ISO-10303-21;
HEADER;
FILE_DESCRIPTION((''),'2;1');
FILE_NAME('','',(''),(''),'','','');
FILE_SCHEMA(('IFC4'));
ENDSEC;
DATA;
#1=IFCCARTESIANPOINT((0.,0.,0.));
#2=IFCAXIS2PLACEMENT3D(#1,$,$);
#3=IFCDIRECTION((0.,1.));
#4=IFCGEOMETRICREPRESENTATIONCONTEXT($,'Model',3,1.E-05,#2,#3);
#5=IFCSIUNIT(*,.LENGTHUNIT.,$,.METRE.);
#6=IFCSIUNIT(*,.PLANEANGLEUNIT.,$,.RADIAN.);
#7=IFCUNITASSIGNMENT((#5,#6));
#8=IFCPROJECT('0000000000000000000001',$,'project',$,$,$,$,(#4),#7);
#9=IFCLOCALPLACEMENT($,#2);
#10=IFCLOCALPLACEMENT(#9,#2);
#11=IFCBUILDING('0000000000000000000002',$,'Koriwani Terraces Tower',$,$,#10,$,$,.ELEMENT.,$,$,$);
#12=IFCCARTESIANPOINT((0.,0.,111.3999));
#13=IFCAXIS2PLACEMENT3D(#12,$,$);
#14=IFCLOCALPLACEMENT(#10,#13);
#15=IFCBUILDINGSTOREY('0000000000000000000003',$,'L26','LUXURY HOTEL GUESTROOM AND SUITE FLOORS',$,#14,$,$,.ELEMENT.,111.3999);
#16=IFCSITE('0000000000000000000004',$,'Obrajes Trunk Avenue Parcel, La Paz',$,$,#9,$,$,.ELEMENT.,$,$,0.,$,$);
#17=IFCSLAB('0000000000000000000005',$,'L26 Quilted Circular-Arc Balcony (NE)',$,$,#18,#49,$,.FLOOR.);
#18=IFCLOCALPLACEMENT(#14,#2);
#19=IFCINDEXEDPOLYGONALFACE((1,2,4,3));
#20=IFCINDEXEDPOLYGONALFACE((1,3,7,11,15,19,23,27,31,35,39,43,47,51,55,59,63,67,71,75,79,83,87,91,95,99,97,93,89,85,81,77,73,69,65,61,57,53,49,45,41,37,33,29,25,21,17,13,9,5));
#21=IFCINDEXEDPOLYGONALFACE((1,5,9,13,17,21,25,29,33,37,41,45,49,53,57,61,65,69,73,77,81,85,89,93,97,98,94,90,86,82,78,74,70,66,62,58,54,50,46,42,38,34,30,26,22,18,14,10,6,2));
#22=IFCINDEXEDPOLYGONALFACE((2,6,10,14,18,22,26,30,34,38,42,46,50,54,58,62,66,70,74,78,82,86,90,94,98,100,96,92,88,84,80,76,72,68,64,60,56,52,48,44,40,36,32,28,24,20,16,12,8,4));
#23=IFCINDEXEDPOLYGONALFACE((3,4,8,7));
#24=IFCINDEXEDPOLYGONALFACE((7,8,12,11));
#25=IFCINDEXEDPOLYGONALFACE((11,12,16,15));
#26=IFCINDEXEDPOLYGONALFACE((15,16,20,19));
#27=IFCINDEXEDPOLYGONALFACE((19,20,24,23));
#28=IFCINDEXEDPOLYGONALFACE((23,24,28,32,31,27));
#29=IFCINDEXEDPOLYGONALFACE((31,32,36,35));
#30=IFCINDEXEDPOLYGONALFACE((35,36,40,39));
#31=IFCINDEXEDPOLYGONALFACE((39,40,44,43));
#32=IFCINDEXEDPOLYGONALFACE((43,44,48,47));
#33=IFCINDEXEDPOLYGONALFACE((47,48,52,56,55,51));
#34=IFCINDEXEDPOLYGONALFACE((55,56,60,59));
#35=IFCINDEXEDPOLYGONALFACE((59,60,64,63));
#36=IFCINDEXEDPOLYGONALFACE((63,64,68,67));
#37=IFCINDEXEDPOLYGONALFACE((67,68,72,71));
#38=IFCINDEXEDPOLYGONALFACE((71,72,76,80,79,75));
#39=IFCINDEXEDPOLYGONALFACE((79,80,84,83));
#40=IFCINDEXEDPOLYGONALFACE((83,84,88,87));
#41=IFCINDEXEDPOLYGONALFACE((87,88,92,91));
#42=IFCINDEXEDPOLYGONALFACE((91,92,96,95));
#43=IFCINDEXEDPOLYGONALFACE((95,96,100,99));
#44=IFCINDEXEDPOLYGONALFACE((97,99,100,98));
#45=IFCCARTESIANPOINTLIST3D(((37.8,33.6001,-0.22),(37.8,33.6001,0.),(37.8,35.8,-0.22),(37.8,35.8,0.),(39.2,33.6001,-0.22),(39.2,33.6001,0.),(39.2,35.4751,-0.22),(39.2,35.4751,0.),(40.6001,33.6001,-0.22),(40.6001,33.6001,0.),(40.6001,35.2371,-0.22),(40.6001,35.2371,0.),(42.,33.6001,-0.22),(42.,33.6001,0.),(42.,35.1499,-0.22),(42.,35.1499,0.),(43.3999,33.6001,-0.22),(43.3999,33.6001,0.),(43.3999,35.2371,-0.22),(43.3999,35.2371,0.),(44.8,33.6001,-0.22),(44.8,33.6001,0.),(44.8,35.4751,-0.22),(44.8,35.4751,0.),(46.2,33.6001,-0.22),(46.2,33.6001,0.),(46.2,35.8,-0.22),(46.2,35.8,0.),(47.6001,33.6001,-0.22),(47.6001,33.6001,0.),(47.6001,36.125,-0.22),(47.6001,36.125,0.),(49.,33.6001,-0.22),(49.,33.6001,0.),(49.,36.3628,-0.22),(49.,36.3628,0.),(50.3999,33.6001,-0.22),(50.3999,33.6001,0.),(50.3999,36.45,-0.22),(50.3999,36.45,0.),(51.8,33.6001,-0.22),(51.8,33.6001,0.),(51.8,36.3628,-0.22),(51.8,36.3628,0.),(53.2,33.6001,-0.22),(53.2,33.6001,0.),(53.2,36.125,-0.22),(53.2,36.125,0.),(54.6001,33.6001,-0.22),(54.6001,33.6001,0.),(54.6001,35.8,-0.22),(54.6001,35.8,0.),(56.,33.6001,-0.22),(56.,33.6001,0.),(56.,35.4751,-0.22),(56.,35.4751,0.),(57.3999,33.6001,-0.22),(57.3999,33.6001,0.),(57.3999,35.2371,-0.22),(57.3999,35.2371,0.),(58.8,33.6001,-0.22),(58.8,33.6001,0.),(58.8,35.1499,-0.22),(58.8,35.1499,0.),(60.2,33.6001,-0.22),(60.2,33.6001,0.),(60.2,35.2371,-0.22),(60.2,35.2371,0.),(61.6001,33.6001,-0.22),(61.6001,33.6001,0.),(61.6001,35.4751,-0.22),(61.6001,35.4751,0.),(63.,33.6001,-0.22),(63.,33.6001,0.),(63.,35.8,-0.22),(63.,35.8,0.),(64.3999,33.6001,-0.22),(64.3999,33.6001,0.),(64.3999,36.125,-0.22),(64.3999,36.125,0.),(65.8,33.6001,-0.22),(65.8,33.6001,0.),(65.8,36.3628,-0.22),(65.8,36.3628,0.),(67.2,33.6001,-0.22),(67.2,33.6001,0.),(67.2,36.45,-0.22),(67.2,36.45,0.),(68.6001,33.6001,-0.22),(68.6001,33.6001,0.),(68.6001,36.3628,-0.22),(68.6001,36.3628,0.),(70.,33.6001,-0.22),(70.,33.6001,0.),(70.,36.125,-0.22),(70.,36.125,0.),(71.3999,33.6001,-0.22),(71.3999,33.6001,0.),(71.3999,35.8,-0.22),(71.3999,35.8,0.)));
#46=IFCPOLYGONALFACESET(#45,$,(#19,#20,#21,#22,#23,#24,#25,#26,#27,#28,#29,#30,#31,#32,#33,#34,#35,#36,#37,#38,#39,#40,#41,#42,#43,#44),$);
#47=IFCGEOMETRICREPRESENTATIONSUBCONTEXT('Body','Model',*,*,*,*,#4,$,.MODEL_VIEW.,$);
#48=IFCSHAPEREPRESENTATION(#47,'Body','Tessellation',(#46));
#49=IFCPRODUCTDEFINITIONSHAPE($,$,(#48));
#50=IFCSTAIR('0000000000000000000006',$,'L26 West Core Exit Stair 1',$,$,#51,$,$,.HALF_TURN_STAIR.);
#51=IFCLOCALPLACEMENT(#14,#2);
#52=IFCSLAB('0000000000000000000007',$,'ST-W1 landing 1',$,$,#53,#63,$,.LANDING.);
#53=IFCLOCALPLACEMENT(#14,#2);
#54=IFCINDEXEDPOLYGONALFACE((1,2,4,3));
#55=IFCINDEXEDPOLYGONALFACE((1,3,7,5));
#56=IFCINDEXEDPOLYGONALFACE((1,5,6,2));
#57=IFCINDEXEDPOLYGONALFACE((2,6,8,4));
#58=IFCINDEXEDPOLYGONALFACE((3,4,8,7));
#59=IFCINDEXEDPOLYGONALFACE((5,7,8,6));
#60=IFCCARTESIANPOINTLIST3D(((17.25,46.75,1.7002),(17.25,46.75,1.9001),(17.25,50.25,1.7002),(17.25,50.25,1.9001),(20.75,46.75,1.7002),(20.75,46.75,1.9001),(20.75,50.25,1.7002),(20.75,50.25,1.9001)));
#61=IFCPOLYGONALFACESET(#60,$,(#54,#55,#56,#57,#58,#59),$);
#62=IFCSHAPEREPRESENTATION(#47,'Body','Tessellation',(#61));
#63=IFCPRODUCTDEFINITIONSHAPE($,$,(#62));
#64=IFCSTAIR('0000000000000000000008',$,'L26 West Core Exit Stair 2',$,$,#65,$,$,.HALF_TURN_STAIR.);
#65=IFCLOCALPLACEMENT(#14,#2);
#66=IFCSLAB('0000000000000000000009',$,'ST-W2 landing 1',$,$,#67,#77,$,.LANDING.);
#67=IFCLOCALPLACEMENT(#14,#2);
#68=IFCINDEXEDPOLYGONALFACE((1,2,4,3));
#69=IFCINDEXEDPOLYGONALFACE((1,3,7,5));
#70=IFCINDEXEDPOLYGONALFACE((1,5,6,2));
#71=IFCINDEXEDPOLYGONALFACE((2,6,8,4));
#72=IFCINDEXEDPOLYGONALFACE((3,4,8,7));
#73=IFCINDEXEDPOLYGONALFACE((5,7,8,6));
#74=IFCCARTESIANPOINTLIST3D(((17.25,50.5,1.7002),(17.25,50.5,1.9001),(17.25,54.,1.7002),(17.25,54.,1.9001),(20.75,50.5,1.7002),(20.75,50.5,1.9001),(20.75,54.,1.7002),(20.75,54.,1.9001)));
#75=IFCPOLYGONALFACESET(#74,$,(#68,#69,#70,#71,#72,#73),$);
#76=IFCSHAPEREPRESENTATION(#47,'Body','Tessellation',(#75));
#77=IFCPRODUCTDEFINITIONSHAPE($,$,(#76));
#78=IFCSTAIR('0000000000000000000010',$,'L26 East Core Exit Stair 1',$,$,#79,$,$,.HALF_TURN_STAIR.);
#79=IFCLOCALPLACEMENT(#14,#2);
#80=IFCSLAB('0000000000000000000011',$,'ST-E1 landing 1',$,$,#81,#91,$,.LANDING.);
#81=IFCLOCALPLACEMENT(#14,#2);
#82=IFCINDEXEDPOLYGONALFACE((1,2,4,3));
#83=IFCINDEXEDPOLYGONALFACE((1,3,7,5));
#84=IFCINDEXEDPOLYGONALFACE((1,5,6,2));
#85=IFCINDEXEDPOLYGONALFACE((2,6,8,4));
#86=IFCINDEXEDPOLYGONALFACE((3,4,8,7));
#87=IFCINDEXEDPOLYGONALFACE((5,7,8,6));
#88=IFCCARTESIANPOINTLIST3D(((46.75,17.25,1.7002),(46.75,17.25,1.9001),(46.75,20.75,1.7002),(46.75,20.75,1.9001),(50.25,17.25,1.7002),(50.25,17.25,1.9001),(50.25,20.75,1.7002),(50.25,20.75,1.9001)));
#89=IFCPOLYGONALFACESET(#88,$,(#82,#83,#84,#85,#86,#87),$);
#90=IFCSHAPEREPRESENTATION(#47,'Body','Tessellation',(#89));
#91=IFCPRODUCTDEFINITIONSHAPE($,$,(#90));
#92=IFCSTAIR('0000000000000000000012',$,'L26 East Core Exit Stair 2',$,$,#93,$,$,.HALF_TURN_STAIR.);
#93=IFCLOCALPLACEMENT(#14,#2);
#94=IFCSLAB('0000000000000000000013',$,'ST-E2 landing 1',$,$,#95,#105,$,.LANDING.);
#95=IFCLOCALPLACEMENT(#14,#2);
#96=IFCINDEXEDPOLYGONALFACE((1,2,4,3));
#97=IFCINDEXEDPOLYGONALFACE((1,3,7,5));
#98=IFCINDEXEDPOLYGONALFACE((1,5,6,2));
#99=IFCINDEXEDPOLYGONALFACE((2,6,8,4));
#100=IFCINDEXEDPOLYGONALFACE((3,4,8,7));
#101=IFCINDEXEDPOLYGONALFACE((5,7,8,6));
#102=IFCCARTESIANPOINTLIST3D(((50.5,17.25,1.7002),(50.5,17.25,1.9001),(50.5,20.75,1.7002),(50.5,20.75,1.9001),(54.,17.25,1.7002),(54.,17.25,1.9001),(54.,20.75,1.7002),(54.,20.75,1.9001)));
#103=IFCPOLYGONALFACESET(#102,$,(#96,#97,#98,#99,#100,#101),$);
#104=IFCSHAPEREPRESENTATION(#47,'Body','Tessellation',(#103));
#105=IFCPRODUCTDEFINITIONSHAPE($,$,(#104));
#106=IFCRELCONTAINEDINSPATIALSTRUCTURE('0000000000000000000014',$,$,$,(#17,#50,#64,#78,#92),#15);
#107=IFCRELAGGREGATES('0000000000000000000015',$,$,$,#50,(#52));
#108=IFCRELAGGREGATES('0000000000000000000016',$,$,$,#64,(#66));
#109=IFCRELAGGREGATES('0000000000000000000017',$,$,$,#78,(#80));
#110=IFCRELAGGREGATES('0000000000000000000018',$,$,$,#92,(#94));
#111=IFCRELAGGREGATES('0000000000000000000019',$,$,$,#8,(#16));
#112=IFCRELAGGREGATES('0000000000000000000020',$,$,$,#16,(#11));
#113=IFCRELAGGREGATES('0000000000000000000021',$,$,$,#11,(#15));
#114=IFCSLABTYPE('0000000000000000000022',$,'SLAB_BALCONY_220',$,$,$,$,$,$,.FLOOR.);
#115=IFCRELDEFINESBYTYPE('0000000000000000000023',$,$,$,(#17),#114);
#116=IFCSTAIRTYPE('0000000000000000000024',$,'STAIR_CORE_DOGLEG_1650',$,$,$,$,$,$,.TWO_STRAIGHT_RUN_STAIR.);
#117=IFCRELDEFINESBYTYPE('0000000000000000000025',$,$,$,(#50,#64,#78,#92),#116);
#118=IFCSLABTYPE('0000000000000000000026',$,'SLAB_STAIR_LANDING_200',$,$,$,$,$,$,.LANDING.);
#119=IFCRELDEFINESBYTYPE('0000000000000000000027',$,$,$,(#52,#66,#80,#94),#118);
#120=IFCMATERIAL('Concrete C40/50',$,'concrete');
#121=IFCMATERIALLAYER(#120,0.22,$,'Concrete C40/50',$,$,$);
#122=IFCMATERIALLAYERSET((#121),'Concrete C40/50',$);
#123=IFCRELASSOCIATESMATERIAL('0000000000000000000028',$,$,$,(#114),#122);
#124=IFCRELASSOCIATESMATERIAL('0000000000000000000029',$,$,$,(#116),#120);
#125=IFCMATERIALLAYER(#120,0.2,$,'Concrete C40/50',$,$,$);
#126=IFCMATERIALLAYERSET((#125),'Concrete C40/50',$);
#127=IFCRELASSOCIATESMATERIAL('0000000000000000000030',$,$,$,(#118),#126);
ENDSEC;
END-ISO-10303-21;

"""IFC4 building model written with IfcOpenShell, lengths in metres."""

from ifc_helpers import new_model, si_unit, direction, frame, origin, place, context, subcontext, project, spatial, polyline, outline, extrude, material, layer, layer_set, type_object, element, aggregate, save


model = new_model("IFC4")

# Units and contexts
model_context = context("Model", 3, precision=1e-05, world=origin(), true_north=direction((0.0, 1.0)))
body_context = subcontext(model_context, "Body", "Model", "MODEL_VIEW")
ifc_project = project(units=[si_unit("LENGTHUNIT", "METRE"), si_unit("PLANEANGLEUNIT", "RADIAN")], contexts=[model_context])

# Site, building, storey
site_placement = place(None, origin())
site = spatial("IfcSite", under=ifc_project, at=site_placement, Name="Obrajes Trunk Avenue Parcel, La Paz", CompositionType="ELEMENT", RefElevation=0.0)
building_placement = place(site_placement, origin())
building = spatial("IfcBuilding", under=site, at=building_placement, Name="Koriwani Terraces Tower", CompositionType="ELEMENT")
storey_placement = place(building_placement, frame((0.0, 0.0, 111.3999)))
storey = spatial("IfcBuildingStorey", under=building, at=storey_placement, Name="L26", Description="LUXURY HOTEL GUESTROOM AND SUITE FLOORS", CompositionType="ELEMENT", Elevation=111.3999)

# Shared definitions
ifc_material_1 = material(Name="Concrete C40/50", Category="concrete")

# Slab
ifc_layer_1 = layer(ifc_material_1, 0.22, Name="Concrete C40/50")
ifc_layer_set_1 = layer_set([ifc_layer_1], Name="Concrete C40/50")
slab_type_1 = type_object("IfcSlabType", Name="SLAB_BALCONY_220", PredefinedType="FLOOR", material=ifc_layer_set_1)
slab_1_placement = place(storey_placement, frame((0.0, 0.0, -0.22)))
element("IfcSlab", 1, at=slab_1_placement, inside=storey, type_object=slab_type_1, Name="L26 Quilted Circular-Arc Balcony (NE)", PredefinedType="FLOOR", context=body_context, shape_type="SweptSolid", body=[
    extrude(outline(polyline([(71.3999, 33.6001), (70.0, 33.6001), (68.6001, 33.6001), (67.2, 33.6001), (65.8, 33.6001), (64.3999, 33.6001), (63.0, 33.6001), (61.6001, 33.6001), (60.2, 33.6001), (58.8, 33.6001), (57.3999, 33.6001), (56.0, 33.6001), (54.6001, 33.6001), (53.2, 33.6001), (51.8, 33.6001), (50.3999, 33.6001), (49.0, 33.6001), (47.6001, 33.6001), (46.2, 33.6001), (44.8, 33.6001), (43.3999, 33.6001), (42.0, 33.6001), (40.6001, 33.6001), (39.2, 33.6001), (37.8, 33.6001), (37.8, 35.8), (39.2, 35.4751), (40.6001, 35.2371), (42.0, 35.1499), (43.3999, 35.2371), (44.8, 35.4751), (46.2, 35.8), (47.6001, 36.125), (49.0, 36.3628), (50.3999, 36.45), (51.8, 36.3628), (53.2, 36.125), (54.6001, 35.8), (56.0, 35.4751), (57.3999, 35.2371), (58.8, 35.1499), (60.2, 35.2371), (61.6001, 35.4751), (63.0, 35.8), (64.3999, 36.125), (65.8, 36.3628), (67.2, 36.45), (68.6001, 36.3628), (70.0, 36.125), (71.3999, 35.8), (71.3999, 33.6001)])), origin(), (0.0, 0.0, 1.0), 0.22),
])

# Stairs, slabs
stair_type = type_object("IfcStairType", Name="STAIR_CORE_DOGLEG_1650", PredefinedType="TWO_STRAIGHT_RUN_STAIR", material=ifc_material_1)
stair_1_placement = place(storey_placement, origin())
stair_1 = element("IfcStair", 2, at=stair_1_placement, inside=storey, type_object=stair_type, Name="L26 West Core Exit Stair 1", PredefinedType="HALF_TURN_STAIR")
ifc_layer_2 = layer(ifc_material_1, 0.2, Name="Concrete C40/50")
ifc_layer_set_2 = layer_set([ifc_layer_2], Name="Concrete C40/50")
slab_type_2 = type_object("IfcSlabType", Name="SLAB_STAIR_LANDING_200", PredefinedType="LANDING", material=ifc_layer_set_2)
slab_2_placement = place(storey_placement, frame((0.0, 0.0, 1.7002)))
slab_2 = element("IfcSlab", 3, at=slab_2_placement, type_object=slab_type_2, Name="ST-W1 landing 1", PredefinedType="LANDING", context=body_context, shape_type="SweptSolid", body=[
    extrude(outline(polyline([(20.75, 46.75), (20.75, 50.25), (17.25, 50.25), (17.25, 46.75), (20.75, 46.75)])), origin(), (0.0, 0.0, 1.0), 0.2),
])
aggregate(stair_1, [slab_2])
stair_2_placement = place(storey_placement, origin())
stair_2 = element("IfcStair", 4, at=stair_2_placement, inside=storey, type_object=stair_type, Name="L26 West Core Exit Stair 2", PredefinedType="HALF_TURN_STAIR")
slab_3_placement = place(storey_placement, frame((0.0, 0.0, 1.7002)))
slab_3 = element("IfcSlab", 5, at=slab_3_placement, type_object=slab_type_2, Name="ST-W2 landing 1", PredefinedType="LANDING", context=body_context, shape_type="SweptSolid", body=[
    extrude(outline(polyline([(17.25, 54.0), (17.25, 50.5), (20.75, 50.5), (20.75, 54.0), (17.25, 54.0)])), origin(), (0.0, 0.0, 1.0), 0.2),
])
aggregate(stair_2, [slab_3])
stair_3_placement = place(storey_placement, origin())
stair_3 = element("IfcStair", 6, at=stair_3_placement, inside=storey, type_object=stair_type, Name="L26 East Core Exit Stair 1", PredefinedType="HALF_TURN_STAIR")
slab_4_placement = place(storey_placement, frame((0.0, 0.0, 1.7002)))
slab_4 = element("IfcSlab", 7, at=slab_4_placement, type_object=slab_type_2, Name="ST-E1 landing 1", PredefinedType="LANDING", context=body_context, shape_type="SweptSolid", body=[
    extrude(outline(polyline([(46.75, 17.25), (50.25, 17.25), (50.25, 20.75), (46.75, 20.75), (46.75, 17.25)])), origin(), (0.0, 0.0, 1.0), 0.2),
])
aggregate(stair_3, [slab_4])
stair_4_placement = place(storey_placement, origin())
stair_4 = element("IfcStair", 8, at=stair_4_placement, inside=storey, type_object=stair_type, Name="L26 East Core Exit Stair 2", PredefinedType="HALF_TURN_STAIR")
slab_5_placement = place(storey_placement, frame((0.0, 0.0, 1.7002)))
slab_5 = element("IfcSlab", 9, at=slab_5_placement, type_object=slab_type_2, Name="ST-E2 landing 1", PredefinedType="LANDING", context=body_context, shape_type="SweptSolid", body=[
    extrude(outline(polyline([(54.0, 20.75), (50.5, 20.75), (50.5, 17.25), (54.0, 17.25), (54.0, 20.75)])), origin(), (0.0, 0.0, 1.0), 0.2),
])
aggregate(stair_4, [slab_5])

save(model, "model.ifc")
